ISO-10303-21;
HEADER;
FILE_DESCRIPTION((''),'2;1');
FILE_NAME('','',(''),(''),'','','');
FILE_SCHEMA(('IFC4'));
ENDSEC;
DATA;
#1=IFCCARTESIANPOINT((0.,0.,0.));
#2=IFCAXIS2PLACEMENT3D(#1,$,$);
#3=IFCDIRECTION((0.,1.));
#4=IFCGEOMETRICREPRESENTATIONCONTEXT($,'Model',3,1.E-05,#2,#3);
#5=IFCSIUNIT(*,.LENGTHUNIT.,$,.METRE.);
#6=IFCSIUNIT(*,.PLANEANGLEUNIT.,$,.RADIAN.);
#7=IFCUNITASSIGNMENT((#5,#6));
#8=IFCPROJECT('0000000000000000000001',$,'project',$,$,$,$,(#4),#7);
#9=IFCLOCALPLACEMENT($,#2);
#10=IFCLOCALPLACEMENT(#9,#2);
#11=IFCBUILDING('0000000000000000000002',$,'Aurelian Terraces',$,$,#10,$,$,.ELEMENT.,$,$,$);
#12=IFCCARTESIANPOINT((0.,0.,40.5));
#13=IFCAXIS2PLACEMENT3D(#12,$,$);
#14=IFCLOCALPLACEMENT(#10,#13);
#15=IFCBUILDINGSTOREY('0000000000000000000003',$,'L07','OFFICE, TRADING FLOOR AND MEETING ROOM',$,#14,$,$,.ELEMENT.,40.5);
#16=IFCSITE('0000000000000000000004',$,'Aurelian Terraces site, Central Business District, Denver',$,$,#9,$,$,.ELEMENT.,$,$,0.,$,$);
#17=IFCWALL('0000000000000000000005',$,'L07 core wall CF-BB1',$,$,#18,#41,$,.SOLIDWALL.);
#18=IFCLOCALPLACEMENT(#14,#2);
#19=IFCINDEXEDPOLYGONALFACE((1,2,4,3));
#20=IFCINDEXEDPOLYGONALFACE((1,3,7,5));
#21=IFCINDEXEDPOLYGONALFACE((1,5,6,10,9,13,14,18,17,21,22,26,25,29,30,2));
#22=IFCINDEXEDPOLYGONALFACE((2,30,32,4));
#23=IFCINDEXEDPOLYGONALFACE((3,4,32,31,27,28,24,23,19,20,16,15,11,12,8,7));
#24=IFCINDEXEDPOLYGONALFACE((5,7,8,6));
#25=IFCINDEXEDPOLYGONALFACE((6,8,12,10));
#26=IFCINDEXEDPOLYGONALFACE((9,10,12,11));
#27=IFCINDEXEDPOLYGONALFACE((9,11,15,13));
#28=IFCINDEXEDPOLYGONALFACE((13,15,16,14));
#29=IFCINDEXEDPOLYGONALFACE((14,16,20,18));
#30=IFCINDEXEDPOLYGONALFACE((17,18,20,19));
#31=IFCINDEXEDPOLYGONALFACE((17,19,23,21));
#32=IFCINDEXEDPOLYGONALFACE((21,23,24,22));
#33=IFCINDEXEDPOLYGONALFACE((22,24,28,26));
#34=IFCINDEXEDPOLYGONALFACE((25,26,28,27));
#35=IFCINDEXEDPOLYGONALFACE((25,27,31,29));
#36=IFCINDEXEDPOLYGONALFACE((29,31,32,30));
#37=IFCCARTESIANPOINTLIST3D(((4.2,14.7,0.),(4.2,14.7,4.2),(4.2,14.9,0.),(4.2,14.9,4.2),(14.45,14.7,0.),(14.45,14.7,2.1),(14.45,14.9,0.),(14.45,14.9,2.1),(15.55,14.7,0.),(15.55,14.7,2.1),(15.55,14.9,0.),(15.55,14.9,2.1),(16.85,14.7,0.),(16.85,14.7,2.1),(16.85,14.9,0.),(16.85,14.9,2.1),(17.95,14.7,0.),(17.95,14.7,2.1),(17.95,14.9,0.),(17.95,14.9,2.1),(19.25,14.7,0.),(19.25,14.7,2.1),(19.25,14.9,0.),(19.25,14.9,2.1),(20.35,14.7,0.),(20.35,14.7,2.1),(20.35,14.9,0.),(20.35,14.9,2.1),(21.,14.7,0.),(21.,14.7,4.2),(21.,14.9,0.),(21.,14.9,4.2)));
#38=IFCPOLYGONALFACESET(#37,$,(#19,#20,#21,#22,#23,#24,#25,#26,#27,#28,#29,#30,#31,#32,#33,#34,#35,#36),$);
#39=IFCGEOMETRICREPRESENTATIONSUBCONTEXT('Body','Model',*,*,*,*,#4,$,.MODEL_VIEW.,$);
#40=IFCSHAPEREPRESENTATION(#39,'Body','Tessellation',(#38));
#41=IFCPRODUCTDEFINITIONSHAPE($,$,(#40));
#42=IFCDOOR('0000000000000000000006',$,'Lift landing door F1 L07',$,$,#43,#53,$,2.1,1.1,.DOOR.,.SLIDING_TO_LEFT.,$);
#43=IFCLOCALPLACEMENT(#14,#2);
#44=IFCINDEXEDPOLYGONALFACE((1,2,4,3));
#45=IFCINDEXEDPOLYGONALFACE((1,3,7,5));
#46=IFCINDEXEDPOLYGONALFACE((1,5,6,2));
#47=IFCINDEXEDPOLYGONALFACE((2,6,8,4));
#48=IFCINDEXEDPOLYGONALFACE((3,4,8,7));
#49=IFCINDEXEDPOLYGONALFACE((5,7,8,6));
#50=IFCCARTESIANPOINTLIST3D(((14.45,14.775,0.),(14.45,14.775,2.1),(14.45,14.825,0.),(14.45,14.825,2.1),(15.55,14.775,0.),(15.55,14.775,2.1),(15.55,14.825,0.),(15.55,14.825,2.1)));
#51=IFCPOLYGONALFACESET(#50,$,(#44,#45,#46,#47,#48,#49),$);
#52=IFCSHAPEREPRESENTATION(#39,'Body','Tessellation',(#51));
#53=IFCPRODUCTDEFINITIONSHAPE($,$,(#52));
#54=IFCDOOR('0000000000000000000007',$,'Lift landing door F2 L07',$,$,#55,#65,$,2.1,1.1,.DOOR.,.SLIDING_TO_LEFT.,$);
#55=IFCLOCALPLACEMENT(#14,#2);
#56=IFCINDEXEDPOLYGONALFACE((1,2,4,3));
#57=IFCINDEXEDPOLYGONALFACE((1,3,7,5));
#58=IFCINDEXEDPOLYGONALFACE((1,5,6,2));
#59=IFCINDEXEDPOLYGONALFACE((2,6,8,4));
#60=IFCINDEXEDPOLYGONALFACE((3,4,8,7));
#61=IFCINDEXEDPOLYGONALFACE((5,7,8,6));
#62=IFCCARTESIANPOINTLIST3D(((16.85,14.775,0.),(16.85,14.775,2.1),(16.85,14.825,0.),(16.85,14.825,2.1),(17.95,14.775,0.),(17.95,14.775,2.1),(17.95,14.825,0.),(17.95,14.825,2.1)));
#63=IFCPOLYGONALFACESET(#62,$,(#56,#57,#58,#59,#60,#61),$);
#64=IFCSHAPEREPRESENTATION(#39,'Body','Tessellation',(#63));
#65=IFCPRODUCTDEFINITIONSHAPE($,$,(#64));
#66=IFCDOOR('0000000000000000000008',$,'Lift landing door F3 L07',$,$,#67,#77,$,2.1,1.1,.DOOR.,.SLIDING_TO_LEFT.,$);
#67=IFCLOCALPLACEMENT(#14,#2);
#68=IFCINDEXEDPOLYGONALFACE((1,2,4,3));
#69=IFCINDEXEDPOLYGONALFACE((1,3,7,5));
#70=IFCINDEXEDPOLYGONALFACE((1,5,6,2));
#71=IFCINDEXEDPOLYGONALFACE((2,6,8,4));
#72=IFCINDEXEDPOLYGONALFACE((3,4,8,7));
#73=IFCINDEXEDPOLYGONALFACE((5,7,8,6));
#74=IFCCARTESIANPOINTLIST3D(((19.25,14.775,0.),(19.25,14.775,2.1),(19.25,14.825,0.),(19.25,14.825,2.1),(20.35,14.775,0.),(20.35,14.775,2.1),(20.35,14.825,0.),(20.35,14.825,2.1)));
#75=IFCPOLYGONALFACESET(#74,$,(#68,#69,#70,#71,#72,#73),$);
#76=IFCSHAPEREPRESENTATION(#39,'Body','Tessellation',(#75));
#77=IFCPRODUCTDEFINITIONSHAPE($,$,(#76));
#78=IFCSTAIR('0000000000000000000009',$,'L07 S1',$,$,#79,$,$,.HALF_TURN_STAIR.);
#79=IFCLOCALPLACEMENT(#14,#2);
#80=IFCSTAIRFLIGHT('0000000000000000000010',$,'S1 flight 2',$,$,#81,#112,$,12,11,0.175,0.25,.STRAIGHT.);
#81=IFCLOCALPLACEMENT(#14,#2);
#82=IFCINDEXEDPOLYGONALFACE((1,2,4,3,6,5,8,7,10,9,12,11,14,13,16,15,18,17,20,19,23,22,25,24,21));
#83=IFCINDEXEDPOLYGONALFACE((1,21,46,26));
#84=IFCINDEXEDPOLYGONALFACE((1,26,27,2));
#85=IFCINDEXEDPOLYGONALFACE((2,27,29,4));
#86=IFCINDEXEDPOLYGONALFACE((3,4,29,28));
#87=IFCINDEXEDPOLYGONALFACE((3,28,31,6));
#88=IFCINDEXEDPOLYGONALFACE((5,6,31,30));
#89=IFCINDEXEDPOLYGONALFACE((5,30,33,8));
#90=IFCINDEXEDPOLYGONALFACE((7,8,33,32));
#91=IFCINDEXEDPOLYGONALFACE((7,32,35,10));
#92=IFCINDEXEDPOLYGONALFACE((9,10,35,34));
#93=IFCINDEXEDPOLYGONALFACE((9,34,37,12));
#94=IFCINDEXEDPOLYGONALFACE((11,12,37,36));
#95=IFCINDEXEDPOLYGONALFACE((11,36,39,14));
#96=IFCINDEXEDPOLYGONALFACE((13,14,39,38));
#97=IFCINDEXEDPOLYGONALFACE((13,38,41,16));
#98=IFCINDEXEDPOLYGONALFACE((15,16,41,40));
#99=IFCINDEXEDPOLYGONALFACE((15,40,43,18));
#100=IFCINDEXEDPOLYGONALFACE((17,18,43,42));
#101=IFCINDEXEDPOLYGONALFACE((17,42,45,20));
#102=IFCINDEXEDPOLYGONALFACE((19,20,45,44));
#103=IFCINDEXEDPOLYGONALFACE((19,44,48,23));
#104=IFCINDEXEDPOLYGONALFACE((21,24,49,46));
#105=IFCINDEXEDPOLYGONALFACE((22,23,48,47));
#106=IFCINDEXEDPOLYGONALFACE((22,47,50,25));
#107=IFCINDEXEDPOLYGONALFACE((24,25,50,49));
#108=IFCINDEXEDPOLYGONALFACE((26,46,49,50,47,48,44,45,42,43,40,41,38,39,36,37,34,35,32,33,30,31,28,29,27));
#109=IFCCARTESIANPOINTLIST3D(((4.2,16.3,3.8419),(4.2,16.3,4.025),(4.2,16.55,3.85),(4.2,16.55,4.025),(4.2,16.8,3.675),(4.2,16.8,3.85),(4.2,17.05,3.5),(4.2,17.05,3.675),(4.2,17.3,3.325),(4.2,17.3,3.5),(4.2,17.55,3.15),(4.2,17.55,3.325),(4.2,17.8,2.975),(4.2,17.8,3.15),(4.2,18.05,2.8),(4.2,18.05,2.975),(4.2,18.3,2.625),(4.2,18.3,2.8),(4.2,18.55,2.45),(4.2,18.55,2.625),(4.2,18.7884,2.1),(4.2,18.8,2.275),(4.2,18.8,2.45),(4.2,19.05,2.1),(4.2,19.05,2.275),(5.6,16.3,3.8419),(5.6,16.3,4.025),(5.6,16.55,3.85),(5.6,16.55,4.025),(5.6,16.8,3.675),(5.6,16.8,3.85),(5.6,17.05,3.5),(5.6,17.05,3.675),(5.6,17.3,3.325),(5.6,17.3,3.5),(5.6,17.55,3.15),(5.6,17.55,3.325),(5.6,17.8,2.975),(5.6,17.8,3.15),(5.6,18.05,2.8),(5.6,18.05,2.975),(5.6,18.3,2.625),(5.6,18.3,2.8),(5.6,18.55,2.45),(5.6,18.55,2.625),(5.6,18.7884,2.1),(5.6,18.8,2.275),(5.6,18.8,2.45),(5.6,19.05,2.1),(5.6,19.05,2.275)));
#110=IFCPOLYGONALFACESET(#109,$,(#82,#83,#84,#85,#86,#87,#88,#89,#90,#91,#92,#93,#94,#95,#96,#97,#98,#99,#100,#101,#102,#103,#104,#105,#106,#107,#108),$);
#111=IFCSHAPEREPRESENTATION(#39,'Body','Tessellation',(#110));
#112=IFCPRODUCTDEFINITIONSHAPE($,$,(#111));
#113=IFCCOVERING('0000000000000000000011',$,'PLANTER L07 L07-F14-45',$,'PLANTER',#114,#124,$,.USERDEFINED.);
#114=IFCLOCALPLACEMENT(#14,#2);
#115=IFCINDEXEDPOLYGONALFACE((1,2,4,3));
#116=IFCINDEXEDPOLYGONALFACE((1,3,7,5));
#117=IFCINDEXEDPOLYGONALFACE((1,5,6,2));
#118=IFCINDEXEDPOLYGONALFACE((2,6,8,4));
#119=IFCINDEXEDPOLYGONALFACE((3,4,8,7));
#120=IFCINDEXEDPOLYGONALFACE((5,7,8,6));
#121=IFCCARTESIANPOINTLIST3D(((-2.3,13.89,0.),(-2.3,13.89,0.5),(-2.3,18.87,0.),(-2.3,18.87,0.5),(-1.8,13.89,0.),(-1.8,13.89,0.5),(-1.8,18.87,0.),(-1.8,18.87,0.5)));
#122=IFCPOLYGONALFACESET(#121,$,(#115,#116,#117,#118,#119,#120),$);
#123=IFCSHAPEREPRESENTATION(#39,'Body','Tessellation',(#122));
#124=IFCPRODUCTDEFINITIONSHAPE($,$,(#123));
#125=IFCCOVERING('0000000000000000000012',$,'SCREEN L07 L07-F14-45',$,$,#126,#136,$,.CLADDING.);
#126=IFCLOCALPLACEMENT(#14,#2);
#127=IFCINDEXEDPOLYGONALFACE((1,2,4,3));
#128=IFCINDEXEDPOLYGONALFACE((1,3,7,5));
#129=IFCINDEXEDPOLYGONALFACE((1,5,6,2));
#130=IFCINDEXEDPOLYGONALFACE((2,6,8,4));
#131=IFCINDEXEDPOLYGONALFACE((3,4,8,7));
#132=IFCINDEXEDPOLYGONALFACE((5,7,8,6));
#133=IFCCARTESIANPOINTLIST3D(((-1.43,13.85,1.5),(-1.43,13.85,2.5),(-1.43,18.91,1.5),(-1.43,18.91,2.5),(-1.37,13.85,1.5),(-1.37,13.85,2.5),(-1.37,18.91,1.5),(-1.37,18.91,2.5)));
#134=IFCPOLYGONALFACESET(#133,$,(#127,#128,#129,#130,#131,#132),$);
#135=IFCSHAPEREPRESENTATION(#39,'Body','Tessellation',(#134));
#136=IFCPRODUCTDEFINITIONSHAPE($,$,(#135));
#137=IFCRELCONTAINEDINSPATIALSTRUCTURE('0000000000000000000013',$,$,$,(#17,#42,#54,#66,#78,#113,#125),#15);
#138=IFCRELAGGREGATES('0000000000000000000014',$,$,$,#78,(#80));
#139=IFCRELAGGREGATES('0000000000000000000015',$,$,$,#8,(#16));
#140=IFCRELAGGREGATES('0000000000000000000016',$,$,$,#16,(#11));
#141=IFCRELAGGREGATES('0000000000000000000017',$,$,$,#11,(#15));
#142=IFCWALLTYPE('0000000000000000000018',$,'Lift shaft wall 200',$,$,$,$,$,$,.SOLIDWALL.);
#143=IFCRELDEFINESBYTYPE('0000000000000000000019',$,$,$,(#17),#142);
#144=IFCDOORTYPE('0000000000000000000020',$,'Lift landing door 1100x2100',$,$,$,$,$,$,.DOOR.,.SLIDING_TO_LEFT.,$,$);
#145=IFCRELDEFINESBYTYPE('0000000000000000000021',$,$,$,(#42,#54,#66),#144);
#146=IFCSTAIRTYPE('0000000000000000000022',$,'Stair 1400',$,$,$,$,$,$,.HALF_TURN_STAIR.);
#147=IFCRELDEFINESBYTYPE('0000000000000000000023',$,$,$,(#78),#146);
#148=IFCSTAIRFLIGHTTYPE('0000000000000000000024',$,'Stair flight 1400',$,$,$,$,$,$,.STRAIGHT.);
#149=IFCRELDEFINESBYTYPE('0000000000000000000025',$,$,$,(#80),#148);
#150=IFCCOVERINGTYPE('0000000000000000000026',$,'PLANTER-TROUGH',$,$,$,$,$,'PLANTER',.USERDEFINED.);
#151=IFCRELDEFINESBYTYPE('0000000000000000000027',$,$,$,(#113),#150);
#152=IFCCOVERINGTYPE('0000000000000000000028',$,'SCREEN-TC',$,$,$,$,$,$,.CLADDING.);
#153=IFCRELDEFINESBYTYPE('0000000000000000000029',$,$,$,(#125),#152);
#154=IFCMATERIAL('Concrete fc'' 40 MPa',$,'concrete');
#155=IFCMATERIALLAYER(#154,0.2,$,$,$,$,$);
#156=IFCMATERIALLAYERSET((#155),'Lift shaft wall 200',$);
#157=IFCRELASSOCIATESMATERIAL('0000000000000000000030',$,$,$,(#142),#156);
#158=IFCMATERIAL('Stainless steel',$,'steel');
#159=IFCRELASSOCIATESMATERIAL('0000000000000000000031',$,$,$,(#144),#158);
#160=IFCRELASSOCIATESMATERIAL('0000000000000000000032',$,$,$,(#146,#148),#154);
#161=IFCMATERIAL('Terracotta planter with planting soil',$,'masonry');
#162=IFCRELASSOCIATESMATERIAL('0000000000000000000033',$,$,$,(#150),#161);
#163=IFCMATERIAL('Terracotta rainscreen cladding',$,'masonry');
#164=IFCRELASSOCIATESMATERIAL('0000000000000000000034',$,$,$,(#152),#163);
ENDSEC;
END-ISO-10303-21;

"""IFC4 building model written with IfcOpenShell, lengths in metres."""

from ifc_helpers import new_model, si_unit, direction, frame, frame_2d, origin, origin_2d, place, context, subcontext, project, spatial, polyline, rectangle, outline, extrude, source, transform, mapped, material, layer, layer_set, type_object, element, fill, aggregate, save


model = new_model("IFC4")

# Units and contexts
model_context = context("Model", 3, precision=1e-05, world=origin(), true_north=direction((0.0, 1.0)))
body_context = subcontext(model_context, "Body", "Model", "MODEL_VIEW")
ifc_project = project(units=[si_unit("LENGTHUNIT", "METRE"), si_unit("PLANEANGLEUNIT", "RADIAN")], contexts=[model_context])

# Site, building, storey
site_placement = place(None, origin())
site = spatial("IfcSite", under=ifc_project, at=site_placement, Name="Aurelian Terraces site, Central Business District, Denver", CompositionType="ELEMENT", RefElevation=0.0)
building_placement = place(site_placement, origin())
building = spatial("IfcBuilding", under=site, at=building_placement, Name="Aurelian Terraces", CompositionType="ELEMENT")
storey_placement = place(building_placement, frame((0.0, 0.0, 40.5)))
storey = spatial("IfcBuildingStorey", under=building, at=storey_placement, Name="L07", Description="OFFICE, TRADING FLOOR AND MEETING ROOM", CompositionType="ELEMENT", Elevation=40.5)

# Shared definitions
ifc_material_1 = material(Name="Concrete fc' 40 MPa", Category="concrete")

# Shared definitions
ifc_material_2 = material(Name="Terracotta rainscreen cladding", Category="masonry")

# Wall, openings, doors
ifc_layer_1 = layer(ifc_material_1, 0.2)
ifc_layer_set_1 = layer_set([ifc_layer_1], Name="Lift shaft wall 200")
wall_type_1 = type_object("IfcWallType", Name="Lift shaft wall 200", PredefinedType="SOLIDWALL", material=ifc_layer_set_1)
shared_shape_1 = source(origin(), body_context, "Body", "SweptSolid", [
    extrude(rectangle(XDim=16.8, YDim=0.2, at=frame_2d((8.4, 0.0))), origin(), (0.0, 0.0, 1.0), 4.2),
])
wall_1_placement = place(storey_placement, frame((4.2, 14.8, 0.0), z_axis=(0.0, 0.0, 1.0), x_axis=(1.0, 0.0, 0.0)))
wall_1 = element("IfcWall", 1, at=wall_1_placement, inside=storey, type_object=wall_type_1, Name="L07 core wall CF-BB1", PredefinedType="SOLIDWALL", context=body_context, shape_type="MappedRepresentation", body=[
    mapped(shared_shape_1, transform((0.0, 0.0, 0.0), scale=1.0)),
])
shared_shape_2 = source(origin(), body_context, "Body", "SweptSolid", [
    extrude(rectangle(XDim=1.1, YDim=2.1, at=frame_2d((0.55, 1.05))), frame((0.0, 0.11, 0.0), z_axis=(0.0, -1.0, 0.0), x_axis=(1.0, 0.0, 0.0)), (0.0, 0.0, 1.0), 0.22),
])
opening_1_placement = place(wall_1_placement, frame((10.25, 0.0, 0.0)))
opening_1 = element("IfcOpeningElement", 2, at=opening_1_placement, cuts=wall_1, PredefinedType="OPENING", context=body_context, shape_type="MappedRepresentation", body=[
    mapped(shared_shape_2, transform((0.0, 0.0, 0.0), scale=1.0)),
])
opening_2_placement = place(wall_1_placement, frame((12.65, 0.0, 0.0)))
opening_2 = element("IfcOpeningElement", 3, at=opening_2_placement, cuts=wall_1, PredefinedType="OPENING", context=body_context, shape_type="MappedRepresentation", body=[
    mapped(shared_shape_2, transform((0.0, 0.0, 0.0), scale=1.0)),
])
opening_3_placement = place(wall_1_placement, frame((15.05, 0.0, 0.0)))
opening_3 = element("IfcOpeningElement", 4, at=opening_3_placement, cuts=wall_1, PredefinedType="OPENING", context=body_context, shape_type="MappedRepresentation", body=[
    mapped(shared_shape_2, transform((0.0, 0.0, 0.0), scale=1.0)),
])
ifc_material_3 = material(Name="Stainless steel", Category="steel")
door_type_1 = type_object("IfcDoorType", Name="Lift landing door 1100x2100", OperationType="SLIDING_TO_LEFT", PredefinedType="DOOR", material=ifc_material_3)
shared_shape_3 = source(origin(), body_context, "Body", "SweptSolid", [
    extrude(rectangle(XDim=1.1, YDim=2.1, at=frame_2d((0.55, 1.05))), frame((0.0, 0.025, 0.0), z_axis=(0.0, -1.0, 0.0), x_axis=(1.0, 0.0, 0.0)), (0.0, 0.0, 1.0), 0.05),
])
door_1_placement = place(opening_1_placement, origin())
door_1 = element("IfcDoor", 5, at=door_1_placement, inside=storey, type_object=door_type_1, Name="Lift landing door F1 L07", OperationType="SLIDING_TO_LEFT", OverallHeight=2.1, OverallWidth=1.1, PredefinedType="DOOR", context=body_context, shape_type="MappedRepresentation", body=[
    mapped(shared_shape_3, transform((0.0, 0.0, 0.0), scale=1.0)),
])
fill(opening_1, door_1)
door_2_placement = place(opening_2_placement, origin())
door_2 = element("IfcDoor", 6, at=door_2_placement, inside=storey, type_object=door_type_1, Name="Lift landing door F2 L07", OperationType="SLIDING_TO_LEFT", OverallHeight=2.1, OverallWidth=1.1, PredefinedType="DOOR", context=body_context, shape_type="MappedRepresentation", body=[
    mapped(shared_shape_3, transform((0.0, 0.0, 0.0), scale=1.0)),
])
fill(opening_2, door_2)
door_3_placement = place(opening_3_placement, origin())
door_3 = element("IfcDoor", 7, at=door_3_placement, inside=storey, type_object=door_type_1, Name="Lift landing door F3 L07", OperationType="SLIDING_TO_LEFT", OverallHeight=2.1, OverallWidth=1.1, PredefinedType="DOOR", context=body_context, shape_type="MappedRepresentation", body=[
    mapped(shared_shape_3, transform((0.0, 0.0, 0.0), scale=1.0)),
])
fill(opening_3, door_3)

# Stair, stair flight
stair_type = type_object("IfcStairType", Name="Stair 1400", PredefinedType="HALF_TURN_STAIR", material=ifc_material_1)
stair_placement = place(storey_placement, origin())
stair = element("IfcStair", 8, at=stair_placement, inside=storey, type_object=stair_type, Name="L07 S1", PredefinedType="HALF_TURN_STAIR")
stair_flight_type = type_object("IfcStairFlightType", Name="Stair flight 1400", PredefinedType="STRAIGHT", material=ifc_material_1)
shared_shape_4 = source(origin(), body_context, "Body", "SweptSolid", [
    extrude(outline(polyline([(0.0, 0.0), (0.0, 0.175), (0.25, 0.175), (0.25, 0.35), (0.5, 0.35), (0.5, 0.525), (0.75, 0.525), (0.75, 0.7), (1.0, 0.7), (1.0, 0.875), (1.25, 0.875), (1.25, 1.05), (1.5, 1.05), (1.5, 1.225), (1.75, 1.225), (1.75, 1.4), (2.0, 1.4), (2.0, 1.575), (2.25, 1.575), (2.25, 1.75), (2.5, 1.75), (2.5, 1.925), (2.75, 1.925), (2.75, 2.1), (2.75, 1.7419), (0.2616, 0.0), (0.0, 0.0)])), frame((0.0, 0.7, 0.0), z_axis=(0.0, -1.0, 0.0), x_axis=(1.0, 0.0, 0.0)), (0.0, 0.0, 1.0), 1.4),
])
stair_flight_placement = place(storey_placement, frame((4.9, 19.05, 2.1), z_axis=(0.0, 0.0, 1.0), x_axis=(0.0, -1.0, 0.0)))
stair_flight = element("IfcStairFlight", 9, at=stair_flight_placement, type_object=stair_flight_type, Name="S1 flight 2", NumberOfRisers=12, NumberOfTreads=11, PredefinedType="STRAIGHT", RiserHeight=0.175, TreadLength=0.25, context=body_context, shape_type="MappedRepresentation", body=[
    mapped(shared_shape_4, transform((0.0, 0.0, 0.0), scale=1.0)),
])
aggregate(stair, [stair_flight])

# Coverings
ifc_material_4 = material(Name="Terracotta planter with planting soil", Category="masonry")
covering_type_1 = type_object("IfcCoveringType", Name="PLANTER-TROUGH", ElementType="PLANTER", PredefinedType="USERDEFINED", material=ifc_material_4)
covering_1_placement = place(storey_placement, frame((-2.05, 16.38, 0.0), z_axis=(0.0, 0.0, 1.0), x_axis=(1.0, 0.0, 0.0)))
element("IfcCovering", 10, at=covering_1_placement, inside=storey, type_object=covering_type_1, Name="PLANTER L07 L07-F14-45", ObjectType="PLANTER", PredefinedType="USERDEFINED", context=body_context, shape_type="SweptSolid", body=[
    extrude(rectangle(XDim=0.5, YDim=4.98, at=origin_2d()), origin(), (0.0, 0.0, 1.0), 0.5),
])
covering_type_2 = type_object("IfcCoveringType", Name="SCREEN-TC", PredefinedType="CLADDING", material=ifc_material_2)
covering_2_placement = place(storey_placement, frame((-1.4, 16.38, 1.5), z_axis=(0.0, 0.0, 1.0), x_axis=(1.0, 0.0, 0.0)))
element("IfcCovering", 11, at=covering_2_placement, inside=storey, type_object=covering_type_2, Name="SCREEN L07 L07-F14-45", PredefinedType="CLADDING", context=body_context, shape_type="SweptSolid", body=[
    extrude(rectangle(XDim=0.06, YDim=5.06, at=origin_2d()), origin(), (0.0, 0.0, 1.0), 1.0),
])

save(model, "model.ifc")
